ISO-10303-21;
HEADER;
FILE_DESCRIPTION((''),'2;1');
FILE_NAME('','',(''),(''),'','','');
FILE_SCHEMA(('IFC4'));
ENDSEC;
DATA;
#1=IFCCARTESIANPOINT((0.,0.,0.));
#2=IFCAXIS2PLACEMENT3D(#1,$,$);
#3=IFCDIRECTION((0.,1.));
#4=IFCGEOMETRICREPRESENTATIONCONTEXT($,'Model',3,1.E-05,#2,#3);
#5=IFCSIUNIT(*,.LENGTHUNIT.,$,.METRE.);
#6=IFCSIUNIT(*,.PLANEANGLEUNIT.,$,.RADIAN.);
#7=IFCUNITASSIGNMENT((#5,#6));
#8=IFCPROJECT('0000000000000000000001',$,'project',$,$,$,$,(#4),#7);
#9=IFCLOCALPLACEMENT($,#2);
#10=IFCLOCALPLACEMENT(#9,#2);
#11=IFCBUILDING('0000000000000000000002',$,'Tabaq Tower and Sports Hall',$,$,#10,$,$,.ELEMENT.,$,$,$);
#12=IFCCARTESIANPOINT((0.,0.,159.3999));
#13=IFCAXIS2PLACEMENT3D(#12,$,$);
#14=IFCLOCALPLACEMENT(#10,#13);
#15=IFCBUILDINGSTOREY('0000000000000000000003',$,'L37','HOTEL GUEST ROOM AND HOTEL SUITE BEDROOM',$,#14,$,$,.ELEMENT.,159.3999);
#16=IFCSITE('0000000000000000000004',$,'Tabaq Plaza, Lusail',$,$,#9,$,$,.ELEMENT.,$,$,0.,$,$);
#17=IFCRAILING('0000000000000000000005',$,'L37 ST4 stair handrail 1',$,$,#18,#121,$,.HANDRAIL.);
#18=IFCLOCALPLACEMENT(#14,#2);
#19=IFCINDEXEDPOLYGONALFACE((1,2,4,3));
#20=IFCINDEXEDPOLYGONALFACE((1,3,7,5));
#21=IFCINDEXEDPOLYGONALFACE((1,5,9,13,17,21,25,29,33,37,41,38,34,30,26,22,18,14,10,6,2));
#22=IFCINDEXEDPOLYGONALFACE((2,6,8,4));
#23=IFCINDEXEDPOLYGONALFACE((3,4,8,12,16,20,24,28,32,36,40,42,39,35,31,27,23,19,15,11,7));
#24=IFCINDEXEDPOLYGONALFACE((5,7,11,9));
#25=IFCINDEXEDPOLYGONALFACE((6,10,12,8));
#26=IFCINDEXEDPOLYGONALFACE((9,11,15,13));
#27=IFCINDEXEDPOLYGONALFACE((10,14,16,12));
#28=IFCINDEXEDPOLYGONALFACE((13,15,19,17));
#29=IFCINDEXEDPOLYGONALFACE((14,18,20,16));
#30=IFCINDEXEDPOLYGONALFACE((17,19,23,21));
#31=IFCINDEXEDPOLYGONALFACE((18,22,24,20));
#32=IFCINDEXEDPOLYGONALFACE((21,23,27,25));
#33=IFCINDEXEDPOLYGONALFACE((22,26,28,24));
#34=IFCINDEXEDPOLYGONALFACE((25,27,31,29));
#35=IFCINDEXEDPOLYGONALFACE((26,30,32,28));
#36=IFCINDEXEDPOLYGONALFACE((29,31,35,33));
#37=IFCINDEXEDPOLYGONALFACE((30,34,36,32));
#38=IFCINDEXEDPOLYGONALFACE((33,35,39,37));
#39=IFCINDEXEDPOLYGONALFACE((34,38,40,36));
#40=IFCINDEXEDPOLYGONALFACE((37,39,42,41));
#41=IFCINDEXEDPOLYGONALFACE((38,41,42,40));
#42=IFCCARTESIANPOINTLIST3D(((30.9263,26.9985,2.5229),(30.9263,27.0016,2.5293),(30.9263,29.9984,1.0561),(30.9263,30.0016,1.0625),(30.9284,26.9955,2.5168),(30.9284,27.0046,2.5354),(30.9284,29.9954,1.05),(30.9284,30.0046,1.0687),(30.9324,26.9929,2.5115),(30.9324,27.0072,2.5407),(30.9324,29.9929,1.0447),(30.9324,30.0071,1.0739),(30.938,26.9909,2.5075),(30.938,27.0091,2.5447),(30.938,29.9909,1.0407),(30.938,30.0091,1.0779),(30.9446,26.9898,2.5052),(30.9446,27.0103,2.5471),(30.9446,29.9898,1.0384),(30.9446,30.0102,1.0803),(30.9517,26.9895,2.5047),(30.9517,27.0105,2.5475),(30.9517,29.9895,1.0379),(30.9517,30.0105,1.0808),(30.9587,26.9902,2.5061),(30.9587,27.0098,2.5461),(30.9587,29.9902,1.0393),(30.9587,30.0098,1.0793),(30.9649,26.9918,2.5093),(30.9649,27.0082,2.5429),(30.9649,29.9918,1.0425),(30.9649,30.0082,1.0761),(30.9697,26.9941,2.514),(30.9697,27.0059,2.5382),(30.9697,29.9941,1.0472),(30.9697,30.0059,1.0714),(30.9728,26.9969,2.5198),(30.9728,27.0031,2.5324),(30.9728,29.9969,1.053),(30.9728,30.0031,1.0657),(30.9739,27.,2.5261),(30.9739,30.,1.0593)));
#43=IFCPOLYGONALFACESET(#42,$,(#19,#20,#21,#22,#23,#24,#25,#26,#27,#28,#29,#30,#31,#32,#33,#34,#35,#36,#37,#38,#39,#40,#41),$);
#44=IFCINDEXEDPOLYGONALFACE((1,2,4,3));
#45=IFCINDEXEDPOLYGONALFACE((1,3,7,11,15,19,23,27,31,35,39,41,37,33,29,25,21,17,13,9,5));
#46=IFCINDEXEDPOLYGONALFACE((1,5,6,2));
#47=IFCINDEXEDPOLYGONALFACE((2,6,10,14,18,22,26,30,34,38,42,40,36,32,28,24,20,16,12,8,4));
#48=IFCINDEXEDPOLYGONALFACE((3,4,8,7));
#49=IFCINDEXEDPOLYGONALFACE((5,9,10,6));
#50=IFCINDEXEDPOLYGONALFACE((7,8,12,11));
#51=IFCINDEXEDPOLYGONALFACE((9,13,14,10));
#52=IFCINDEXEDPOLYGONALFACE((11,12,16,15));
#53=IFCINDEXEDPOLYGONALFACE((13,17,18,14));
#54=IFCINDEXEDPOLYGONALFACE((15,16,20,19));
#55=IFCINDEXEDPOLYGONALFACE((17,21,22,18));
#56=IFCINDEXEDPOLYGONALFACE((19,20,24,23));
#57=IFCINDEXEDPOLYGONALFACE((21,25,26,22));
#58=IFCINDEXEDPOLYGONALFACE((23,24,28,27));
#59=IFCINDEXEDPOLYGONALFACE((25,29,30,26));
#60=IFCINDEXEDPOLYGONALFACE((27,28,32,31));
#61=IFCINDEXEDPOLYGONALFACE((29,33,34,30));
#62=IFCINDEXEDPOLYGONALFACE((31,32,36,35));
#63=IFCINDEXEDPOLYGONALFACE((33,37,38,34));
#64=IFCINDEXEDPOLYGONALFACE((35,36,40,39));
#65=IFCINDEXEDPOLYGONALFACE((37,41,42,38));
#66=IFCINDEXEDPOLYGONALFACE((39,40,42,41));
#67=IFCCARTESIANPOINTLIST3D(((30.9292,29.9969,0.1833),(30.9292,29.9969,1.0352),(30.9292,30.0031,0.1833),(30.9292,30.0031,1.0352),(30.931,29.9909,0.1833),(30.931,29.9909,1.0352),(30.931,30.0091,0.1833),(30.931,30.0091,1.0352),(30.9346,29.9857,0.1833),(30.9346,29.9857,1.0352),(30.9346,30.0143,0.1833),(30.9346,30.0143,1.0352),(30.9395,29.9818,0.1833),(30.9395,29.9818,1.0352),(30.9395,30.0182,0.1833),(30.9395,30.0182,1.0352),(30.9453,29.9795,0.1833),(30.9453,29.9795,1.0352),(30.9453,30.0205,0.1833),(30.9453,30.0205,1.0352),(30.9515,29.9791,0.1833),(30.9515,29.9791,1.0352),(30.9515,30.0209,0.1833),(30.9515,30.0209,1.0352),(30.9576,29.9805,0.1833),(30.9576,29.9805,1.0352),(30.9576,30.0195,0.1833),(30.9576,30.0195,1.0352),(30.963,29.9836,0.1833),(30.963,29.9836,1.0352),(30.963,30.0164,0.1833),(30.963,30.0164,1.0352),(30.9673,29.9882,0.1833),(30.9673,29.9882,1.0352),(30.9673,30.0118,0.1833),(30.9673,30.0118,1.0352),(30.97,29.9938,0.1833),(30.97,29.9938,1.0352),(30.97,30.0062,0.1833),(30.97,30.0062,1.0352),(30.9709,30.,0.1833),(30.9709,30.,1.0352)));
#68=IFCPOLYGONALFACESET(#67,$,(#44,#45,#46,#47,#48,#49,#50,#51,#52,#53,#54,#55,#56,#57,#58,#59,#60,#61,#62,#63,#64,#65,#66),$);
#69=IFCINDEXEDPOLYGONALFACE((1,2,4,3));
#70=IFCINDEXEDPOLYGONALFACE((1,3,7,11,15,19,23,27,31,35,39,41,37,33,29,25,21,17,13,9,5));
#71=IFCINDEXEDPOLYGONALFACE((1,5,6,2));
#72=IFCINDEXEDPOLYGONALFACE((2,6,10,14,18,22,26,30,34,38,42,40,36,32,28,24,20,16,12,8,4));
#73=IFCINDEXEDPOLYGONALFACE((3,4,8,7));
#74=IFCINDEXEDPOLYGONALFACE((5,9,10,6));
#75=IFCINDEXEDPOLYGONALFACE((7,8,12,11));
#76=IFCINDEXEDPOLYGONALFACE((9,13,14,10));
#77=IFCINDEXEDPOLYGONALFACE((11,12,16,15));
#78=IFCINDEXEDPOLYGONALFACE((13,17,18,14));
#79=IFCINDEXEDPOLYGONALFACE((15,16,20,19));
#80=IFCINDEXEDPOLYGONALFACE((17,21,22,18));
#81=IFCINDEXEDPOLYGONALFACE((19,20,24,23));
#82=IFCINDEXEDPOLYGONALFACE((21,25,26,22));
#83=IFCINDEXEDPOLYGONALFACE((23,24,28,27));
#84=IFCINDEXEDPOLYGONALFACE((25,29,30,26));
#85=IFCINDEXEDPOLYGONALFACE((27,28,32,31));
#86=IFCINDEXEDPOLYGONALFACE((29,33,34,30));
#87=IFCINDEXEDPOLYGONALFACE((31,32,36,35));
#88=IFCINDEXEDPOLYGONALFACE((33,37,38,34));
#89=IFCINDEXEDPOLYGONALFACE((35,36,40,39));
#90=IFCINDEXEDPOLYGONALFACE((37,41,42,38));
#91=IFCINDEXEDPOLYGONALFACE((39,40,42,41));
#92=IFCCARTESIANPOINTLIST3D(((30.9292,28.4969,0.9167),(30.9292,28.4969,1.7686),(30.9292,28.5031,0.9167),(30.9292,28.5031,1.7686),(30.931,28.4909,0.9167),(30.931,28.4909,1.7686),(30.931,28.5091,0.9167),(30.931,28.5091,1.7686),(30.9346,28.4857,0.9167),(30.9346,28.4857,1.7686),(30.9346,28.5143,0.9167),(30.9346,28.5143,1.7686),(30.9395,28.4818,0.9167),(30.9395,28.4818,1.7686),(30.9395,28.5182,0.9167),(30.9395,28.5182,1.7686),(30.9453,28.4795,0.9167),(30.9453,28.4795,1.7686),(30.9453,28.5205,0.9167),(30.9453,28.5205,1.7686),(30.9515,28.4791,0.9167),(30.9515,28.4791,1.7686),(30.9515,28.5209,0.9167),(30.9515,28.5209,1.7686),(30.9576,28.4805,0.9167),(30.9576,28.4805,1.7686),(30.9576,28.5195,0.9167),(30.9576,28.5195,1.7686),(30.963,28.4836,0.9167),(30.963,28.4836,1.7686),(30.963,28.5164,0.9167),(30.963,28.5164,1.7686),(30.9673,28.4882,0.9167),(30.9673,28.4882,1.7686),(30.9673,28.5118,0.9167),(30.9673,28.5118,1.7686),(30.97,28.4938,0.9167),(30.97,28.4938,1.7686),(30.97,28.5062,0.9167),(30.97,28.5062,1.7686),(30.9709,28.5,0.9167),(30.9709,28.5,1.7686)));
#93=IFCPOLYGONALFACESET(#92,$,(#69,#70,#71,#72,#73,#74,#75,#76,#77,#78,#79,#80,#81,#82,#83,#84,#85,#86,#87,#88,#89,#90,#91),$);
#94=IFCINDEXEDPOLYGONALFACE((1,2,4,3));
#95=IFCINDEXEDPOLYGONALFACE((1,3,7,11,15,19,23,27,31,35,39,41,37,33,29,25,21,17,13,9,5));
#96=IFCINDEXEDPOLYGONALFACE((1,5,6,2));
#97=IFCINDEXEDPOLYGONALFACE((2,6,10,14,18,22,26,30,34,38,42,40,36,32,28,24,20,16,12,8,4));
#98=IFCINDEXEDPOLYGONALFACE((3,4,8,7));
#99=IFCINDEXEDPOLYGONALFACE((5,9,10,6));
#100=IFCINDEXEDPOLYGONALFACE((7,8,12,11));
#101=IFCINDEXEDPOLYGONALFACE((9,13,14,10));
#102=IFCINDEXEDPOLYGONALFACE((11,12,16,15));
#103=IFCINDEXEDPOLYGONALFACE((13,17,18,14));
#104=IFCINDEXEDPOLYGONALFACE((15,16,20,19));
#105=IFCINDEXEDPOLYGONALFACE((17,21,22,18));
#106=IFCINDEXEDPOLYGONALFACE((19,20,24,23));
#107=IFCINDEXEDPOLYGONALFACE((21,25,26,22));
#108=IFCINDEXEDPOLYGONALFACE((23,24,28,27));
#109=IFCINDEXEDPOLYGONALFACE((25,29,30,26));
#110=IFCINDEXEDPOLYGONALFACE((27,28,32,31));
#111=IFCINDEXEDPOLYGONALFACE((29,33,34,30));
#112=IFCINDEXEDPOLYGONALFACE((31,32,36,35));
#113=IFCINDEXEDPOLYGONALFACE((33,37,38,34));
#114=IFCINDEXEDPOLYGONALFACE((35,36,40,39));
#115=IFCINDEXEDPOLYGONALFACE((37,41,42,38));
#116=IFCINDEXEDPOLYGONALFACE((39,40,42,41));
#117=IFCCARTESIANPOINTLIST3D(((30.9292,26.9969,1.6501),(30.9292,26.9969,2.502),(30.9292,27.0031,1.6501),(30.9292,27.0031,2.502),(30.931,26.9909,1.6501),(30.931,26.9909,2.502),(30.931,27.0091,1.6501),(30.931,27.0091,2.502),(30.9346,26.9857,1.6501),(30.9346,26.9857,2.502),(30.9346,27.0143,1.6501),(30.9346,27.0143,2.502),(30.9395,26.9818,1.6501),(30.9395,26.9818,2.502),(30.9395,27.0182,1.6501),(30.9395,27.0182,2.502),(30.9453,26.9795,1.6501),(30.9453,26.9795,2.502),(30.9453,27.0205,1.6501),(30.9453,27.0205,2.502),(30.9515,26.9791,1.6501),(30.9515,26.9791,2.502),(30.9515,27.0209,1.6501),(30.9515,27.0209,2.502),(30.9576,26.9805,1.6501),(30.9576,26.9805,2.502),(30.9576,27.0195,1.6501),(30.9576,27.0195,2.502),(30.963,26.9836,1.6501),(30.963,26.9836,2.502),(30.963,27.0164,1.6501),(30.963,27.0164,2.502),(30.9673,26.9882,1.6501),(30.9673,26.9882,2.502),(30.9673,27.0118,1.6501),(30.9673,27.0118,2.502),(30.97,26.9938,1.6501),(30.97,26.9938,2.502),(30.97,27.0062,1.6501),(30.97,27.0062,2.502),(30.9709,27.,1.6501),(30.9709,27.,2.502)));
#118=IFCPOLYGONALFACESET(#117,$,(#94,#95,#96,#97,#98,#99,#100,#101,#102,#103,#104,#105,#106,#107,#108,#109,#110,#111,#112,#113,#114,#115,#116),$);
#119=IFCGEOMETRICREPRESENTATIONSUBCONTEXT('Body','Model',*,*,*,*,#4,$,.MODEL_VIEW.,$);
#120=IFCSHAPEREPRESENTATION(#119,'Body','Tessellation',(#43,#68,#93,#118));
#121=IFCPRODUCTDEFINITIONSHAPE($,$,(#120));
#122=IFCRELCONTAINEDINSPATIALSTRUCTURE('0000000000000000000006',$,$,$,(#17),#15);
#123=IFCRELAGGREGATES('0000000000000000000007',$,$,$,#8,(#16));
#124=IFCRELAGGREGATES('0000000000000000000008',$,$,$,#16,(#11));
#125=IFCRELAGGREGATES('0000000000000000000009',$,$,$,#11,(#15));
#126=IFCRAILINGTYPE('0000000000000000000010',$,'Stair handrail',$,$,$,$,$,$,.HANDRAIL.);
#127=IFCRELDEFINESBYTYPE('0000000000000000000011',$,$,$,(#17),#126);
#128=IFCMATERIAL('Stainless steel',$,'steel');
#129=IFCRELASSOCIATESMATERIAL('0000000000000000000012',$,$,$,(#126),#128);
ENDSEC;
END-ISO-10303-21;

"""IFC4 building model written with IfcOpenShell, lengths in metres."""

from ifc_helpers import new_model, si_unit, direction, frame, origin, origin_2d, place, context, subcontext, project, spatial, circle, extrude, material, type_object, element, save


model = new_model("IFC4")

# Units and contexts
model_context = context("Model", 3, precision=1e-05, world=origin(), true_north=direction((0.0, 1.0)))
body_context = subcontext(model_context, "Body", "Model", "MODEL_VIEW")
ifc_project = project(units=[si_unit("LENGTHUNIT", "METRE"), si_unit("PLANEANGLEUNIT", "RADIAN")], contexts=[model_context])

# Site, building, storey
site_placement = place(None, origin())
site = spatial("IfcSite", under=ifc_project, at=site_placement, Name="Tabaq Plaza, Lusail", CompositionType="ELEMENT", RefElevation=0.0)
building_placement = place(site_placement, origin())
building = spatial("IfcBuilding", under=site, at=building_placement, Name="Tabaq Tower and Sports Hall", CompositionType="ELEMENT")
storey_placement = place(building_placement, frame((0.0, 0.0, 159.3999)))
storey = spatial("IfcBuildingStorey", under=building, at=storey_placement, Name="L37", Description="HOTEL GUEST ROOM AND HOTEL SUITE BEDROOM", CompositionType="ELEMENT", Elevation=159.3999)

# Railing
ifc_material_1 = material(Name="Stainless steel", Category="steel")
railing_type_1 = type_object("IfcRailingType", Name="Stair handrail", PredefinedType="HANDRAIL", material=ifc_material_1)
railing_1_placement = place(storey_placement, frame((30.95, 30.0, 0.1833)))
element("IfcRailing", 1, at=railing_1_placement, inside=storey, type_object=railing_type_1, Name="L37 ST4 stair handrail 1", PredefinedType="HANDRAIL", context=body_context, shape_type="SweptSolid", body=[
    extrude(circle(Radius=0.0239, at=origin_2d()), frame((0.0, 0.0, 0.876), z_axis=(0.0, -0.898369, 0.439242), x_axis=(1.0, 0.0, 0.0)), (0.0, 0.0, 1.0), 3.3394),
    extrude(circle(Radius=0.021, at=origin_2d()), origin(), (0.0, 0.0, 1.0), 0.8518),
    extrude(circle(Radius=0.021, at=origin_2d()), frame((0.0, -1.5, 0.7334)), (0.0, 0.0, 1.0), 0.8518),
    extrude(circle(Radius=0.021, at=origin_2d()), frame((0.0, -3.0, 1.4668)), (0.0, 0.0, 1.0), 0.8518),
])

save(model, "model.ifc")
